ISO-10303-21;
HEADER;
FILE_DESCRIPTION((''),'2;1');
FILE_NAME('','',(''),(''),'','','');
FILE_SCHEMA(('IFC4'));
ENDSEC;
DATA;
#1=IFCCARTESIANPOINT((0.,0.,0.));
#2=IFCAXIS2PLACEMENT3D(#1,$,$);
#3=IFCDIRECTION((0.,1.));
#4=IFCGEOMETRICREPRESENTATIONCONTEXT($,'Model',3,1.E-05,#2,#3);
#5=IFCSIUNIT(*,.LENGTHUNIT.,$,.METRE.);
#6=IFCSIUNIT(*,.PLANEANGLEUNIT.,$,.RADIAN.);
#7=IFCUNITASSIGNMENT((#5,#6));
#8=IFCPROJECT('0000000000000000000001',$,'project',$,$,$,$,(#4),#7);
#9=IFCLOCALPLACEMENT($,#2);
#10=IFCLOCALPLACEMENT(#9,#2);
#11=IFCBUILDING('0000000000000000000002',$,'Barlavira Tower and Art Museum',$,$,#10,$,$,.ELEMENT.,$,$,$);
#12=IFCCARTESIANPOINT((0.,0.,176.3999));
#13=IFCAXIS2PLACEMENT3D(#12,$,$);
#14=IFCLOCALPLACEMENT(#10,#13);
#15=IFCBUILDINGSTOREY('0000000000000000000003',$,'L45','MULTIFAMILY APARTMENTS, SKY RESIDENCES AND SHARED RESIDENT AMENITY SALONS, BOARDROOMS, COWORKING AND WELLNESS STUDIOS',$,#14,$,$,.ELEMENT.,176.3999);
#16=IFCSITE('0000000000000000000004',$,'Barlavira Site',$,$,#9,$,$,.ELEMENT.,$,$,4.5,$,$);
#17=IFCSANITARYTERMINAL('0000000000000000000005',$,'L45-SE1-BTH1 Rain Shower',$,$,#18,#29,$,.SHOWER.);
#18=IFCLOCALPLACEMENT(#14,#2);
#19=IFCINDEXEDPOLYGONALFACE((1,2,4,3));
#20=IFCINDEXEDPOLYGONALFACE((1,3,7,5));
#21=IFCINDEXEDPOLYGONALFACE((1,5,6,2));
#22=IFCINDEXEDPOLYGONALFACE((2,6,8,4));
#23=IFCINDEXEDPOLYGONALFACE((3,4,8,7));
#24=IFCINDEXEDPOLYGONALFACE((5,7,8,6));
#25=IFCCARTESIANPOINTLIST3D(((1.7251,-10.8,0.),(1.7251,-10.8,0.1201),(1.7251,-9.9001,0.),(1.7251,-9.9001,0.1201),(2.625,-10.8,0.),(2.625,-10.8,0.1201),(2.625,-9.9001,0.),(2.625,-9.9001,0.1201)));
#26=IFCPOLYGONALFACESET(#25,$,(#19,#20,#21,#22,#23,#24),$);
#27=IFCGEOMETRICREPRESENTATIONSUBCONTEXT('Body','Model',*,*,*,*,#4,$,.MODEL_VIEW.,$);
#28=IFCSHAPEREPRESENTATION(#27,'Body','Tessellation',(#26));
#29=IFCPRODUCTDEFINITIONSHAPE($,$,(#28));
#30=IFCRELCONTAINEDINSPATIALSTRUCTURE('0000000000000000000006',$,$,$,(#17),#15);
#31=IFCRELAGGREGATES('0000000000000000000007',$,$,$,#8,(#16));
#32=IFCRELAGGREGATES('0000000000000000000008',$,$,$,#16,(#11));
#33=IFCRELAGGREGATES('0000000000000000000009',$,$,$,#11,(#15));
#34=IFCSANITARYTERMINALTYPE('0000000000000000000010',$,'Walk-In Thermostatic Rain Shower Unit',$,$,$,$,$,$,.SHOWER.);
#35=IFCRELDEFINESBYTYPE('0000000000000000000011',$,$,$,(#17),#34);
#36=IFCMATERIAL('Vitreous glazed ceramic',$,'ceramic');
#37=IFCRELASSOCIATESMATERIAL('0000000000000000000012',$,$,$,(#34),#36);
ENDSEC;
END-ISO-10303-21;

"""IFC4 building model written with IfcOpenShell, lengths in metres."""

from ifc_helpers import new_model, si_unit, direction, frame, origin, origin_2d, place, context, subcontext, project, spatial, rectangle, extrude, material, type_object, element, save


model = new_model("IFC4")

# Units and contexts
model_context = context("Model", 3, precision=1e-05, world=origin(), true_north=direction((0.0, 1.0)))
body_context = subcontext(model_context, "Body", "Model", "MODEL_VIEW")
ifc_project = project(units=[si_unit("LENGTHUNIT", "METRE"), si_unit("PLANEANGLEUNIT", "RADIAN")], contexts=[model_context])

# Site, building, storey
site_placement = place(None, origin())
site = spatial("IfcSite", under=ifc_project, at=site_placement, Name="Barlavira Site", CompositionType="ELEMENT", RefElevation=4.5)
building_placement = place(site_placement, origin())
building = spatial("IfcBuilding", under=site, at=building_placement, Name="Barlavira Tower and Art Museum", CompositionType="ELEMENT")
storey_placement = place(building_placement, frame((0.0, 0.0, 176.3999)))
storey = spatial("IfcBuildingStorey", under=building, at=storey_placement, Name="L45", Description="MULTIFAMILY APARTMENTS, SKY RESIDENCES AND SHARED RESIDENT AMENITY SALONS, BOARDROOMS, COWORKING AND WELLNESS STUDIOS", CompositionType="ELEMENT", Elevation=176.3999)

# Sanitary terminal
ifc_material_1 = material(Name="Vitreous glazed ceramic", Category="ceramic")
sanitary_terminal_type = type_object("IfcSanitaryTerminalType", Name="Walk-In Thermostatic Rain Shower Unit", PredefinedType="SHOWER", material=ifc_material_1)
sanitary_terminal_placement = place(storey_placement, frame((2.175, -10.3501, 0.0), z_axis=(0.0, 0.0, 1.0), x_axis=(1.0, 0.0, 0.0)))
element("IfcSanitaryTerminal", 1, at=sanitary_terminal_placement, inside=storey, type_object=sanitary_terminal_type, Name="L45-SE1-BTH1 Rain Shower", PredefinedType="SHOWER", context=body_context, shape_type="SweptSolid", body=[
    extrude(rectangle(XDim=0.8999, YDim=0.8999, at=origin_2d()), origin(), (0.0, 0.0, 1.0), 0.1201),
])

save(model, "model.ifc")
